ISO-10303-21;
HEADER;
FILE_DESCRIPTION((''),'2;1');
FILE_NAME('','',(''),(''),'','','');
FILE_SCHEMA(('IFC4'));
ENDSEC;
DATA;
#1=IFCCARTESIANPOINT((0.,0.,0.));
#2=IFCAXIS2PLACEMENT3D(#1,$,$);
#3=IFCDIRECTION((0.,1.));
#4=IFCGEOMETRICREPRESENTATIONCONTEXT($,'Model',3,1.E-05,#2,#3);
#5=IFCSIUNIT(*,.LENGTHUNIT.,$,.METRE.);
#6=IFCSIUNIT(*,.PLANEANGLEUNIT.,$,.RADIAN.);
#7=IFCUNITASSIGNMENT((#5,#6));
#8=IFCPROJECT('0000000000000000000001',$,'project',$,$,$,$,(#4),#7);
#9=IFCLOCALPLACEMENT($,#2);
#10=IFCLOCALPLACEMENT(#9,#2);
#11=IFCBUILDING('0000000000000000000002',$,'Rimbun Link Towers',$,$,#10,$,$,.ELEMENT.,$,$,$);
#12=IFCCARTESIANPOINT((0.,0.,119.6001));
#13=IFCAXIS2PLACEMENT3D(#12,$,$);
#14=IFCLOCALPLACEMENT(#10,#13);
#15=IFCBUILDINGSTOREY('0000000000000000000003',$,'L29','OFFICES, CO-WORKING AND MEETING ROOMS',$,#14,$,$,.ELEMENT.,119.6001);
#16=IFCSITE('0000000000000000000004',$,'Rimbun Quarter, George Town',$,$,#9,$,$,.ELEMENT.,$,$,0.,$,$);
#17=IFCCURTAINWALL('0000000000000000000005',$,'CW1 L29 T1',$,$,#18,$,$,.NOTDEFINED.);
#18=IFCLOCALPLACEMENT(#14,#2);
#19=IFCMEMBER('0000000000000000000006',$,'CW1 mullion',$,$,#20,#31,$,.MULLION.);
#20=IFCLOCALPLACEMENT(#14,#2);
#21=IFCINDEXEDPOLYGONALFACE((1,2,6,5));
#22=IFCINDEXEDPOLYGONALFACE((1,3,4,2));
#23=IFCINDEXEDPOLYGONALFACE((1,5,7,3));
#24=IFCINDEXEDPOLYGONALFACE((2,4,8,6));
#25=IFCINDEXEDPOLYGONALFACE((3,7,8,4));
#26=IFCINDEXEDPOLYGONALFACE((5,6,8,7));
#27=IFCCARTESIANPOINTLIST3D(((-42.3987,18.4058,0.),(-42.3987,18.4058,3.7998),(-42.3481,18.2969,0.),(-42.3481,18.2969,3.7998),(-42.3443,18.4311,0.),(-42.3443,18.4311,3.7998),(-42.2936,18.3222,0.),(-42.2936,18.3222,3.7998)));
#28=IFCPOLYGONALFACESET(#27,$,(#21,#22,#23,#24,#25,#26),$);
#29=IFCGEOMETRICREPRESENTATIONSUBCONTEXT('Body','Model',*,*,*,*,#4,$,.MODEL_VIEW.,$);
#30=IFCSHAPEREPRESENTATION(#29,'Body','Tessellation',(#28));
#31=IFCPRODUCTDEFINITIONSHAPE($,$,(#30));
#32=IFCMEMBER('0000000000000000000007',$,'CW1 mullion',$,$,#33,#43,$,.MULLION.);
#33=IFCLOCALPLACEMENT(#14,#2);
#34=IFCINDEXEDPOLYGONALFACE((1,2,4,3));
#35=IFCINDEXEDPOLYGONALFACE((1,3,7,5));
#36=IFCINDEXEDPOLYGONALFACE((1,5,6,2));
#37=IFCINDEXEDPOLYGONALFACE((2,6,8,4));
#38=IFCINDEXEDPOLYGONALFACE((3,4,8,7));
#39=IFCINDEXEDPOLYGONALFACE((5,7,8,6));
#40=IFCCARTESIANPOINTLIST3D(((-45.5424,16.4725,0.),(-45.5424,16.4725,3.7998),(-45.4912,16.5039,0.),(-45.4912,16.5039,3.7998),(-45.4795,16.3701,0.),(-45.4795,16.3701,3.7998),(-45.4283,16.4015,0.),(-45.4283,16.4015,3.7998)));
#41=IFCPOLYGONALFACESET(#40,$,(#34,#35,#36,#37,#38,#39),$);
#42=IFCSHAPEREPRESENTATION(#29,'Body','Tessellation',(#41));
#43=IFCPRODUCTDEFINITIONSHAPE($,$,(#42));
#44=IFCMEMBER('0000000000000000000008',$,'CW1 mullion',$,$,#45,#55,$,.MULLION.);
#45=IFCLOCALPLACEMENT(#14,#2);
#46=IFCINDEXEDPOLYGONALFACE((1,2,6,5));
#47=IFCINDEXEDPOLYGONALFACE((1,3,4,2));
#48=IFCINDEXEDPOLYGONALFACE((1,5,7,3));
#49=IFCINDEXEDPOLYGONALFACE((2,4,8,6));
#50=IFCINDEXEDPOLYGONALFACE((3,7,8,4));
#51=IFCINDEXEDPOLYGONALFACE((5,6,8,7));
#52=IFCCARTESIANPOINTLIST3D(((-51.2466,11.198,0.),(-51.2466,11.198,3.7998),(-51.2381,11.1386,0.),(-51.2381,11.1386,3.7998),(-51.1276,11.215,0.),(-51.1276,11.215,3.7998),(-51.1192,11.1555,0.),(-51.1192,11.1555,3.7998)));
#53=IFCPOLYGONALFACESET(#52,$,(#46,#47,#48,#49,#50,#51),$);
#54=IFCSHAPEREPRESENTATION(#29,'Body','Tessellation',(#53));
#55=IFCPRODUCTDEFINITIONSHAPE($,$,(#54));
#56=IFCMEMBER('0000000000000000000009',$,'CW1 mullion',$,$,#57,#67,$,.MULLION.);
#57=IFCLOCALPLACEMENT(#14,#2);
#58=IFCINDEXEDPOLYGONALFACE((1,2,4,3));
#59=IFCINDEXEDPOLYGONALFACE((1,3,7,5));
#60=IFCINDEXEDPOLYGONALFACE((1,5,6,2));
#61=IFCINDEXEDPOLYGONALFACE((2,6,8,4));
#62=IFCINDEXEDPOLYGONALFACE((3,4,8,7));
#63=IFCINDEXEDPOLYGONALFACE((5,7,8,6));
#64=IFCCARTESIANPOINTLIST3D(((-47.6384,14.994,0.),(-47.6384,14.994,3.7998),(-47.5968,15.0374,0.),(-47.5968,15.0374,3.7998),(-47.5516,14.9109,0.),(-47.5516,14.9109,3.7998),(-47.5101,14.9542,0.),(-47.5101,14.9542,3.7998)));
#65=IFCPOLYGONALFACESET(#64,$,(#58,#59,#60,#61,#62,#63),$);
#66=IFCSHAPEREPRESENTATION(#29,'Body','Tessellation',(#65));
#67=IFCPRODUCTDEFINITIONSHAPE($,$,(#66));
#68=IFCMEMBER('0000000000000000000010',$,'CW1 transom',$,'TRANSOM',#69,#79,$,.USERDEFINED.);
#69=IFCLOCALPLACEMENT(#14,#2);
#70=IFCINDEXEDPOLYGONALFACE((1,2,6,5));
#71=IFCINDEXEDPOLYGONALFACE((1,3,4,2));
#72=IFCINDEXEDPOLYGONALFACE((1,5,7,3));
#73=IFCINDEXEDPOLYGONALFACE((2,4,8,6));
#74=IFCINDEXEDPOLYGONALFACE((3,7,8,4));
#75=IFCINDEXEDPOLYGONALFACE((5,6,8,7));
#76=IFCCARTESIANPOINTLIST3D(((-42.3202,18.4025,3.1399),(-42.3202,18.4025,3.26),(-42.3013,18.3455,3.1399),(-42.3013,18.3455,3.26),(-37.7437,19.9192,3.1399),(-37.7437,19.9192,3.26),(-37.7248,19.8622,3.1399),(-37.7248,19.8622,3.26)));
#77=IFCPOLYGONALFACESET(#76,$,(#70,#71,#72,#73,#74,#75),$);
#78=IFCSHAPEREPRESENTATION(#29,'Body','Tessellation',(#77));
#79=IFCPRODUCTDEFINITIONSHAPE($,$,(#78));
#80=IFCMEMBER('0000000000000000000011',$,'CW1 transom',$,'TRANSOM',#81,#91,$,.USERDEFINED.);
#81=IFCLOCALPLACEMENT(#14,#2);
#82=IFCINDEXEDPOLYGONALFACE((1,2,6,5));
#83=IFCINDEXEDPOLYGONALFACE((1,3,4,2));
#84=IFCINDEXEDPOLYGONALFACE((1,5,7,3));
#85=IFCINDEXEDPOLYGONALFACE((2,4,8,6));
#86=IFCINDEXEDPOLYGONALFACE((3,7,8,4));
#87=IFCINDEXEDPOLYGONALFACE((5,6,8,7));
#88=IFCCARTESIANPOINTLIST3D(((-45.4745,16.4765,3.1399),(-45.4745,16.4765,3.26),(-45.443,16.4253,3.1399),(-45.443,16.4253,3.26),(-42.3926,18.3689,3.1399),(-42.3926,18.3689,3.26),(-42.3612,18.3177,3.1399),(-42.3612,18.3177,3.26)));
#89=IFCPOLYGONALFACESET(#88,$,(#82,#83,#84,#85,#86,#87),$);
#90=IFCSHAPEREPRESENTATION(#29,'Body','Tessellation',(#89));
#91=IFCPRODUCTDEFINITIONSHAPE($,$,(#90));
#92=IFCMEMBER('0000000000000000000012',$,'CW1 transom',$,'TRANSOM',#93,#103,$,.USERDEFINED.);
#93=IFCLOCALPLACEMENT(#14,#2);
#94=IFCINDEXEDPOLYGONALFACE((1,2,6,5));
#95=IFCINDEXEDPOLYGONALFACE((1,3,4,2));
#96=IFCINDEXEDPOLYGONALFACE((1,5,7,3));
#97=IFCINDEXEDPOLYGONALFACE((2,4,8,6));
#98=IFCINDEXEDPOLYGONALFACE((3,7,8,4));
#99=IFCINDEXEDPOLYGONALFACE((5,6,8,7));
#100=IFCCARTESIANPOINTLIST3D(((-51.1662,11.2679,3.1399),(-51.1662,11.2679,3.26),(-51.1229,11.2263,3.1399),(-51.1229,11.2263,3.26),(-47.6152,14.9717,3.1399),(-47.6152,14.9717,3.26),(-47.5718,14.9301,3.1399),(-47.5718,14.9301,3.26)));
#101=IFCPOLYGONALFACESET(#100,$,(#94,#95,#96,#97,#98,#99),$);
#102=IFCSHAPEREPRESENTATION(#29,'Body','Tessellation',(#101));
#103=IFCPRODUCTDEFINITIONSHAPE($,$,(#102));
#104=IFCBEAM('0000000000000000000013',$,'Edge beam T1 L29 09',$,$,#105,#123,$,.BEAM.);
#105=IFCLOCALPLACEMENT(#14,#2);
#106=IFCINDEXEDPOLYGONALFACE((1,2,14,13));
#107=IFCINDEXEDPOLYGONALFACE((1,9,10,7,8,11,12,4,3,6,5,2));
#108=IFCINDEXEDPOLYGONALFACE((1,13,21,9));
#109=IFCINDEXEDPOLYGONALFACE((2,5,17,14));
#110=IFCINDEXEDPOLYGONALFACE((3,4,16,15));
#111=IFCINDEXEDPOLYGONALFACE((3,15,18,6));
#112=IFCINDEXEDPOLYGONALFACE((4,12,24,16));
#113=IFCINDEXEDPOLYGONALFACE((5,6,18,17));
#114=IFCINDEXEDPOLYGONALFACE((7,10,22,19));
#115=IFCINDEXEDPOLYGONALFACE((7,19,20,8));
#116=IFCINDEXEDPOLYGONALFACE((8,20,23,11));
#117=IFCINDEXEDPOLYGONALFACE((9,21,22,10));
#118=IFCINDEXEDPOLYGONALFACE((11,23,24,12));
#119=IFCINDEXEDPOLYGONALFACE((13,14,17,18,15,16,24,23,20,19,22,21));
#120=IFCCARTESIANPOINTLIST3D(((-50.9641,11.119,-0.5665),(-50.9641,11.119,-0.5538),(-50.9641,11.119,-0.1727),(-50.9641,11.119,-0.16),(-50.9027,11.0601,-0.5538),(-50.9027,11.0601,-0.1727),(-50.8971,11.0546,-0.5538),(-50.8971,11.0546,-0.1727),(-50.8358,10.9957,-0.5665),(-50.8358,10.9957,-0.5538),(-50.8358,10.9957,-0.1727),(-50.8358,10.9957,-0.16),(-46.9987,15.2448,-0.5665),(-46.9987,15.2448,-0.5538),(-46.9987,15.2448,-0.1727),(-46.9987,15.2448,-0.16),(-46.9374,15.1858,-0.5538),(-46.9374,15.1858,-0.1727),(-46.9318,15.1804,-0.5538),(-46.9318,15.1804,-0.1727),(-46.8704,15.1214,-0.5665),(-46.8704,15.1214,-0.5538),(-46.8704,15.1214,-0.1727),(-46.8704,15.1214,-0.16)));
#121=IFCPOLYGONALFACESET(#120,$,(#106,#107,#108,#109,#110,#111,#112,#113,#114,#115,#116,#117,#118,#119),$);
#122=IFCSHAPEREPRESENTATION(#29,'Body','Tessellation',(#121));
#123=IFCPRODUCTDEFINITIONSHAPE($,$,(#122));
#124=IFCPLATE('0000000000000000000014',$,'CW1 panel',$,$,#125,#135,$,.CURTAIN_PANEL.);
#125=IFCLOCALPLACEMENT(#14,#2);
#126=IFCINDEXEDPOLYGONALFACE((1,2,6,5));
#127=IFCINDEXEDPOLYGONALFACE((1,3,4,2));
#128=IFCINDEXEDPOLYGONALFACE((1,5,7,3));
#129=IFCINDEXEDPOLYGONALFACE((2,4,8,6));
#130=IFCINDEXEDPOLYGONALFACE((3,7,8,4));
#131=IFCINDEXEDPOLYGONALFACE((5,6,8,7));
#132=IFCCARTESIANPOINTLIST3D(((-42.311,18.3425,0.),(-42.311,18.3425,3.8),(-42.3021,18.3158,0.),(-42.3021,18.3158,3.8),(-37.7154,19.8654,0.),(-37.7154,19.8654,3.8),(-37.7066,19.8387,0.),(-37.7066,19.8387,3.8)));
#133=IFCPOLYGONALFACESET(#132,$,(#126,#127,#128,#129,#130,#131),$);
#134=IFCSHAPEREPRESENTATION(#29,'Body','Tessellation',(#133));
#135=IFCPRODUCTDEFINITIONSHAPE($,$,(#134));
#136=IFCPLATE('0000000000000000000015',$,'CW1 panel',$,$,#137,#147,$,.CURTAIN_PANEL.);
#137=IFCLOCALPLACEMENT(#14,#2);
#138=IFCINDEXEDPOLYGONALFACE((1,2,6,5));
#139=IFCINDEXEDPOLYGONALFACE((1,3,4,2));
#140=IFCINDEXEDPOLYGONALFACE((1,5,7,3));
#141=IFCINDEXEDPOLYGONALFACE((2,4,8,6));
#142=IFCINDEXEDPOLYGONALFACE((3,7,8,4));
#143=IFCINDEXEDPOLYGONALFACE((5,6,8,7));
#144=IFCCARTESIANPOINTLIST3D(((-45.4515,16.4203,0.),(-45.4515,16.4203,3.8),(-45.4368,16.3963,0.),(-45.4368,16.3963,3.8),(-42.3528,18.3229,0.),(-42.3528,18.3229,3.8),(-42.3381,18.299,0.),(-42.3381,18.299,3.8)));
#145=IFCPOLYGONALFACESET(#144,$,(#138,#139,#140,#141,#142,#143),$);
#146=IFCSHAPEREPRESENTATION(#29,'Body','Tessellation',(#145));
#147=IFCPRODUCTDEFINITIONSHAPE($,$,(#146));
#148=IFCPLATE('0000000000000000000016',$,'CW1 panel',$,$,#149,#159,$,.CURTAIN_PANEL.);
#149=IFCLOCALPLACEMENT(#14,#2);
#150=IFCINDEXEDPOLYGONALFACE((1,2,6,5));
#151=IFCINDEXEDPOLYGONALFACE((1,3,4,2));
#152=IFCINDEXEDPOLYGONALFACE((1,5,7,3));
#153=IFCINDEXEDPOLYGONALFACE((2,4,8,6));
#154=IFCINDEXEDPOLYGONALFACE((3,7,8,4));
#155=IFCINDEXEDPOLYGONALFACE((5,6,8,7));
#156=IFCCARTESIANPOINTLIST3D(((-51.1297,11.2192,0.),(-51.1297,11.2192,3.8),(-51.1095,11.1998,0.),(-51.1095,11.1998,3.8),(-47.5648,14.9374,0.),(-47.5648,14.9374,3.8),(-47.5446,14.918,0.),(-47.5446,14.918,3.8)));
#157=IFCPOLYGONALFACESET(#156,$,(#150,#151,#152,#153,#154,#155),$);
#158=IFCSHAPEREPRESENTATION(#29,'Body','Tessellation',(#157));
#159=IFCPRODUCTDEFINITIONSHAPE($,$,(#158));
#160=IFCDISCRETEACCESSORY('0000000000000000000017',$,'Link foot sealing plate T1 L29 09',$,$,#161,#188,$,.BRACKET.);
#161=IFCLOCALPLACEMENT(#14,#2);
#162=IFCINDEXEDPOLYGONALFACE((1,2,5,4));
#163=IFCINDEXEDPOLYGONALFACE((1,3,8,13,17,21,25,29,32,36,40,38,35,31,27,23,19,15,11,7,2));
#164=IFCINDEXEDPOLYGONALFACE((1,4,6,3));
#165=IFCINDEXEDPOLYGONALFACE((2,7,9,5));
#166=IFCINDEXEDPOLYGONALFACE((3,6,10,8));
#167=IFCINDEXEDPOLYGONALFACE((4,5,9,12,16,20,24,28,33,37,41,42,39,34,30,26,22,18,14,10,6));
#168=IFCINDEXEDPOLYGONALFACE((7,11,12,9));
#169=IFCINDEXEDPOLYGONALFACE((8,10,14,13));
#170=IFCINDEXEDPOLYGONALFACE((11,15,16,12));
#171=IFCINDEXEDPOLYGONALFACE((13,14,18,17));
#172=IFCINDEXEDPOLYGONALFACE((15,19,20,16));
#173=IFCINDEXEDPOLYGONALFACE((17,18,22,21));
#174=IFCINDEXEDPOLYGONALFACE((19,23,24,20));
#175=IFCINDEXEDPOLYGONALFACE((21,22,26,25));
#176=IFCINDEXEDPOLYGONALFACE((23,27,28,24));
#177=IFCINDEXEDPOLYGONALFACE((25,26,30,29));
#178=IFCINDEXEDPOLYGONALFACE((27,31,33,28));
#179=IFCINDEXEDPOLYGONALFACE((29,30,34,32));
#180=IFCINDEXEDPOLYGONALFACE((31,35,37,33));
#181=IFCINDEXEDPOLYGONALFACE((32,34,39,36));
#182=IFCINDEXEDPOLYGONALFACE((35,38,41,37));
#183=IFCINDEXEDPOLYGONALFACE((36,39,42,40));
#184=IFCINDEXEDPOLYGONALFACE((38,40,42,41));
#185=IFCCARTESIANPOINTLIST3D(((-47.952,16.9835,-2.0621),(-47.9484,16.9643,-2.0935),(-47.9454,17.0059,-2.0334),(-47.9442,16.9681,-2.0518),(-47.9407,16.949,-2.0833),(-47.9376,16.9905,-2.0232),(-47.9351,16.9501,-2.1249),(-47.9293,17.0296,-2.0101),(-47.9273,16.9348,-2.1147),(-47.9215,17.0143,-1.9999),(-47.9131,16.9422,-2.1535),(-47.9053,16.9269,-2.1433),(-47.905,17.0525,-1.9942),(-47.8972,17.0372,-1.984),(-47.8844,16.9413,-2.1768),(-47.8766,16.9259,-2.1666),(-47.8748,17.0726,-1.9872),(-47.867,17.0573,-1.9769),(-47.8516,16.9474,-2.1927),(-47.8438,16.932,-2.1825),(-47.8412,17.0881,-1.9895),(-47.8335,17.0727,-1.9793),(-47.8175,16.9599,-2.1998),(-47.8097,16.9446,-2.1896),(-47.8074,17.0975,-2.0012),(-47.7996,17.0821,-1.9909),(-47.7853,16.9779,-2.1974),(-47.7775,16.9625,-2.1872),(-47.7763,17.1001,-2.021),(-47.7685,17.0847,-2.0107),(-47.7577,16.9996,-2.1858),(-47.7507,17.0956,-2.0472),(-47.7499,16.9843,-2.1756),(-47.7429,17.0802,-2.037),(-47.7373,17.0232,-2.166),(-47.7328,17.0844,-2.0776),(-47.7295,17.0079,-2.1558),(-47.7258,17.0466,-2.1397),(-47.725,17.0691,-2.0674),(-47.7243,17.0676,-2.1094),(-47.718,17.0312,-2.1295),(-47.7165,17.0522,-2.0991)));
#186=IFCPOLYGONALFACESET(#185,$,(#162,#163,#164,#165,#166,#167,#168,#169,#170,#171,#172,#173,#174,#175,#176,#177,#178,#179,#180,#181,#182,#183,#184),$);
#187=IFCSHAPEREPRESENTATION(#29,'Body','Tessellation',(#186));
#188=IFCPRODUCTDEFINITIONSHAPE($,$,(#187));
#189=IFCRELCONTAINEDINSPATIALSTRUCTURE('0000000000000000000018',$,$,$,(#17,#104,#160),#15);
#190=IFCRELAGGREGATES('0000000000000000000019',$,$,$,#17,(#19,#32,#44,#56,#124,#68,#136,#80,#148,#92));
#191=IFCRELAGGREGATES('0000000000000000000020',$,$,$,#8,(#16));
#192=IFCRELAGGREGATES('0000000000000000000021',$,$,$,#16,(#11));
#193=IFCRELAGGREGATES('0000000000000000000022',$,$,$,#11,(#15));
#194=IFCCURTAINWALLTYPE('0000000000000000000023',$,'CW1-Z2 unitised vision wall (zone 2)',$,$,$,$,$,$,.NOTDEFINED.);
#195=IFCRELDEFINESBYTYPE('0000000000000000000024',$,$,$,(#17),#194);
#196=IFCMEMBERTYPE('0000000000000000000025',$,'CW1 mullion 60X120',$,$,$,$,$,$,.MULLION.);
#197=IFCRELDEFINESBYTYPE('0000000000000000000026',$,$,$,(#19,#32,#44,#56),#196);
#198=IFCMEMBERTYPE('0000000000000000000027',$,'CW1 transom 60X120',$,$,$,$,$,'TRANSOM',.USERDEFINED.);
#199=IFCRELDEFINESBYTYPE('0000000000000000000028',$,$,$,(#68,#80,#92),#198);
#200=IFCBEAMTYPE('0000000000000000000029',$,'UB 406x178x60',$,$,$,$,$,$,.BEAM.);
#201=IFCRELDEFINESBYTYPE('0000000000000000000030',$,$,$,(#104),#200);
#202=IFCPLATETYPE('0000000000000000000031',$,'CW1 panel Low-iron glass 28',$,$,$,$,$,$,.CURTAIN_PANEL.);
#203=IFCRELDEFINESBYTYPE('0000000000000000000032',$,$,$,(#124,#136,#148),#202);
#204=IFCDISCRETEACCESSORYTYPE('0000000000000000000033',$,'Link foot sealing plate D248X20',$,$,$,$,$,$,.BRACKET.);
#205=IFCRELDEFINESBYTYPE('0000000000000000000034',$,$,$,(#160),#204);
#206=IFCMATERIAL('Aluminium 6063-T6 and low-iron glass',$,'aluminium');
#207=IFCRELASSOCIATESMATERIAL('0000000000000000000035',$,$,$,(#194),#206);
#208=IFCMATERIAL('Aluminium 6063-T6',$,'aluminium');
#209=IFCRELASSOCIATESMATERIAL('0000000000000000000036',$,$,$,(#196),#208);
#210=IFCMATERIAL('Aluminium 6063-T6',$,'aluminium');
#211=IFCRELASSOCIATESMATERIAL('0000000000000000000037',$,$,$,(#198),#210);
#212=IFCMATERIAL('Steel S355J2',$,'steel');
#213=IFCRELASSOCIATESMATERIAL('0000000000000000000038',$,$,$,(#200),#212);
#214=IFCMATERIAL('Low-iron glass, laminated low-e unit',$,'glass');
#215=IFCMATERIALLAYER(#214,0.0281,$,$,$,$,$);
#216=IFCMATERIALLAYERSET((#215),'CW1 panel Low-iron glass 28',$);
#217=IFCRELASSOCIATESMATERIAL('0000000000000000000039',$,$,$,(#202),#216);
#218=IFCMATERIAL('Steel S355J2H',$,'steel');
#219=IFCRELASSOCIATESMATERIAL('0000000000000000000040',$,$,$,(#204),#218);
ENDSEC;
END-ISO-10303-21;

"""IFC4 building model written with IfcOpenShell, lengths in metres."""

from ifc_helpers import new_model, si_unit, direction, frame, origin, origin_2d, place, context, subcontext, project, spatial, rectangle, circle, i_section, extrude, material, layer, layer_set, material_profile, profile_set, type_object, element, aggregate, save


model = new_model("IFC4")

# Units and contexts
model_context = context("Model", 3, precision=1e-05, world=origin(), true_north=direction((0.0, 1.0)))
body_context = subcontext(model_context, "Body", "Model", "MODEL_VIEW")
ifc_project = project(units=[si_unit("LENGTHUNIT", "METRE"), si_unit("PLANEANGLEUNIT", "RADIAN")], contexts=[model_context])

# Site, building, storey
site_placement = place(None, origin())
site = spatial("IfcSite", under=ifc_project, at=site_placement, Name="Rimbun Quarter, George Town", CompositionType="ELEMENT", RefElevation=0.0)
building_placement = place(site_placement, origin())
building = spatial("IfcBuilding", under=site, at=building_placement, Name="Rimbun Link Towers", CompositionType="ELEMENT")
storey_placement = place(building_placement, frame((0.0, 0.0, 119.6001)))
storey = spatial("IfcBuildingStorey", under=building, at=storey_placement, Name="L29", Description="OFFICES, CO-WORKING AND MEETING ROOMS", CompositionType="ELEMENT", Elevation=119.6001)

# Curtain wall, members
ifc_material_1 = material(Name="Aluminium 6063-T6 and low-iron glass", Category="aluminium")
curtain_wall_type = type_object("IfcCurtainWallType", Name="CW1-Z2 unitised vision wall (zone 2)", PredefinedType="NOTDEFINED", material=ifc_material_1)
curtain_wall_placement = place(storey_placement, origin())
curtain_wall = element("IfcCurtainWall", 1, at=curtain_wall_placement, inside=storey, type_object=curtain_wall_type, Name="CW1 L29 T1", PredefinedType="NOTDEFINED")
ifc_material_2 = material(Name="Aluminium 6063-T6", Category="aluminium")
ifc_material_profile_1 = material_profile(ifc_material_2, rectangle(XDim=0.1201, YDim=0.0601, at=origin_2d()), Name="MULLION 60X120")
ifc_profile_set_1 = profile_set([ifc_material_profile_1], Name="Aluminium 6063-T6")
member_type_1 = type_object("IfcMemberType", Name="CW1 mullion 60X120", PredefinedType="MULLION", material=ifc_profile_set_1)
member_1_placement = place(storey_placement, frame((-42.3462, 18.364, 0.0), z_axis=(0.0, 0.0, 1.0), x_axis=(-0.421705, 0.906733, 0.0)))
member_1 = element("IfcMember", 2, at=member_1_placement, type_object=member_type_1, Name="CW1 mullion", PredefinedType="MULLION", context=body_context, shape_type="SweptSolid", body=[
    extrude(rectangle(XDim=0.1201, YDim=0.0601, at=origin_2d()), origin(), (0.0, 0.0, 1.0), 3.7998),
])
member_2_placement = place(storey_placement, frame((-45.4854, 16.437, 0.0), z_axis=(0.0, 0.0, 1.0), x_axis=(-0.523243, 0.852183, 0.0)))
member_2 = element("IfcMember", 3, at=member_2_placement, type_object=member_type_1, Name="CW1 mullion", PredefinedType="MULLION", context=body_context, shape_type="SweptSolid", body=[
    extrude(rectangle(XDim=0.1201, YDim=0.0601, at=origin_2d()), origin(), (0.0, 0.0, 1.0), 3.7998),
])
member_3_placement = place(storey_placement, frame((-51.1829, 11.1768, 0.0), z_axis=(0.0, 0.0, 1.0), x_axis=(-0.990016, -0.140956, 0.0)))
member_3 = element("IfcMember", 4, at=member_3_placement, type_object=member_type_1, Name="CW1 mullion", PredefinedType="MULLION", context=body_context, shape_type="SweptSolid", body=[
    extrude(rectangle(XDim=0.1201, YDim=0.0601, at=origin_2d()), origin(), (0.0, 0.0, 1.0), 3.7998),
])
member_4_placement = place(storey_placement, frame((-47.5742, 14.9741, 0.0), z_axis=(0.0, 0.0, 1.0), x_axis=(-0.721835, 0.692065, 0.0)))
member_4 = element("IfcMember", 5, at=member_4_placement, type_object=member_type_1, Name="CW1 mullion", PredefinedType="MULLION", context=body_context, shape_type="SweptSolid", body=[
    extrude(rectangle(XDim=0.1201, YDim=0.0601, at=origin_2d()), origin(), (0.0, 0.0, 1.0), 3.7998),
])
ifc_material_3 = material(Name="Aluminium 6063-T6", Category="aluminium")
ifc_material_profile_2 = material_profile(ifc_material_3, rectangle(XDim=0.0601, YDim=0.1201, at=origin_2d()), Name="TRANSOM 60X120")
ifc_profile_set_2 = profile_set([ifc_material_profile_2], Name="Aluminium 6063-T6")
member_type_2 = type_object("IfcMemberType", Name="CW1 transom 60X120", ElementType="TRANSOM", PredefinedType="USERDEFINED", material=ifc_profile_set_2)
member_5_placement = place(storey_placement, frame((-42.3108, 18.374, 3.2), z_axis=(0.949234, 0.314571, 0.0), x_axis=(-0.314571, 0.949234, 0.0)))
member_5 = element("IfcMember", 6, at=member_5_placement, type_object=member_type_2, Name="CW1 transom", ObjectType="TRANSOM", PredefinedType="USERDEFINED", context=body_context, shape_type="SweptSolid", body=[
    extrude(rectangle(XDim=0.0601, YDim=0.1201, at=origin_2d()), origin(), (0.0, 0.0, 1.0), 4.8213),
])
member_6_placement = place(storey_placement, frame((-45.4587, 16.4509, 3.2), z_axis=(0.85217, 0.523265, 0.0), x_axis=(-0.523265, 0.85217, 0.0)))
member_6 = element("IfcMember", 7, at=member_6_placement, type_object=member_type_2, Name="CW1 transom", ObjectType="TRANSOM", PredefinedType="USERDEFINED", context=body_context, shape_type="SweptSolid", body=[
    extrude(rectangle(XDim=0.0601, YDim=0.1201, at=origin_2d()), origin(), (0.0, 0.0, 1.0), 3.6165),
])
member_7_placement = place(storey_placement, frame((-51.1445, 11.2471, 3.2), z_axis=(0.692057, 0.721843, 0.0), x_axis=(-0.721843, 0.692057, 0.0)))
member_7 = element("IfcMember", 8, at=member_7_placement, type_object=member_type_2, Name="CW1 transom", ObjectType="TRANSOM", PredefinedType="USERDEFINED", context=body_context, shape_type="SweptSolid", body=[
    extrude(rectangle(XDim=0.0601, YDim=0.1201, at=origin_2d()), origin(), (0.0, 0.0, 1.0), 5.1311),
])

# Beam
ifc_material_4 = material(Name="Steel S355J2", Category="steel")
ifc_material_profile_3 = material_profile(ifc_material_4, i_section(OverallWidth=0.178, OverallDepth=0.4065, WebThickness=0.0078, FlangeThickness=0.0127, at=origin_2d()), Name="UB 406x178x60")
ifc_profile_set_3 = profile_set([ifc_material_profile_3], Name="Steel S355J2")
beam_type = type_object("IfcBeamType", Name="UB 406x178x60", PredefinedType="BEAM", material=ifc_profile_set_3)
beam_placement = place(storey_placement, frame((-46.9346, 15.1831, -0.3633), z_axis=(-0.692953, -0.720983, 0.0), x_axis=(0.720983, -0.692953, 0.0)))
element("IfcBeam", 9, at=beam_placement, inside=storey, type_object=beam_type, Name="Edge beam T1 L29 09", PredefinedType="BEAM", context=body_context, shape_type="SweptSolid", body=[
    extrude(i_section(OverallWidth=0.178, OverallDepth=0.4065, WebThickness=0.0078, FlangeThickness=0.0127, at=origin_2d()), origin(), (0.0, 0.0, 1.0), 5.7224),
])

# Plates
ifc_material_5 = material(Name="Low-iron glass, laminated low-e unit", Category="glass")
ifc_layer = layer(ifc_material_5, 0.0281)
ifc_layer_set = layer_set([ifc_layer], Name="CW1 panel Low-iron glass 28")
plate_type = type_object("IfcPlateType", Name="CW1 panel Low-iron glass 28", PredefinedType="CURTAIN_PANEL", material=ifc_layer_set)
plate_1_placement = place(storey_placement, frame((-40.0088, 19.0906, 0.0), z_axis=(0.0, 0.0, 1.0), x_axis=(0.949236, 0.314563, 0.0)))
plate_1 = element("IfcPlate", 10, at=plate_1_placement, type_object=plate_type, Name="CW1 panel", PredefinedType="CURTAIN_PANEL", context=body_context, shape_type="SweptSolid", body=[
    extrude(rectangle(XDim=4.8413, YDim=0.0281, at=origin_2d()), origin(), (0.0, 0.0, 1.0), 3.8),
])
plate_2_placement = place(storey_placement, frame((-43.8948, 17.3596, 0.0), z_axis=(0.0, 0.0, 1.0), x_axis=(0.852183, 0.523243, 0.0)))
plate_2 = element("IfcPlate", 11, at=plate_2_placement, type_object=plate_type, Name="CW1 panel", PredefinedType="CURTAIN_PANEL", context=body_context, shape_type="SweptSolid", body=[
    extrude(rectangle(XDim=3.6362, YDim=0.0281, at=origin_2d()), origin(), (0.0, 0.0, 1.0), 3.8),
])
plate_3_placement = place(storey_placement, frame((-49.3372, 13.0686, 0.0), z_axis=(0.0, 0.0, 1.0), x_axis=(0.692065, 0.721835, 0.0)))
plate_3 = element("IfcPlate", 12, at=plate_3_placement, type_object=plate_type, Name="CW1 panel", PredefinedType="CURTAIN_PANEL", context=body_context, shape_type="SweptSolid", body=[
    extrude(rectangle(XDim=5.1511, YDim=0.0281, at=origin_2d()), origin(), (0.0, 0.0, 1.0), 3.8),
])
aggregate(curtain_wall, [member_1, member_2, member_3, member_4, plate_1, member_5, plate_2, member_6, plate_3, member_7])

# Discrete accessory
ifc_material_6 = material(Name="Steel S355J2H", Category="steel")
ifc_material_profile_4 = material_profile(ifc_material_6, circle(Radius=0.124, at=origin_2d()), Name="PL D248")
ifc_profile_set_4 = profile_set([ifc_material_profile_4], Name="Steel S355J2H")
discrete_accessory_type = type_object("IfcDiscreteAccessoryType", Name="Link foot sealing plate D248X20", PredefinedType="BRACKET", material=ifc_profile_set_4)
discrete_accessory_placement = place(storey_placement, frame((-47.8301, 17.0051, -2.0833), z_axis=(-0.38929, 0.766414, -0.510943), x_axis=(-0.891579, -0.452865, 0.0)))
element("IfcDiscreteAccessory", 13, at=discrete_accessory_placement, inside=storey, type_object=discrete_accessory_type, Name="Link foot sealing plate T1 L29 09", PredefinedType="BRACKET", context=body_context, shape_type="SweptSolid", body=[
    extrude(circle(Radius=0.124, at=origin_2d()), origin(), (0.0, 0.0, 1.0), 0.02),
])

save(model, "model.ifc")
